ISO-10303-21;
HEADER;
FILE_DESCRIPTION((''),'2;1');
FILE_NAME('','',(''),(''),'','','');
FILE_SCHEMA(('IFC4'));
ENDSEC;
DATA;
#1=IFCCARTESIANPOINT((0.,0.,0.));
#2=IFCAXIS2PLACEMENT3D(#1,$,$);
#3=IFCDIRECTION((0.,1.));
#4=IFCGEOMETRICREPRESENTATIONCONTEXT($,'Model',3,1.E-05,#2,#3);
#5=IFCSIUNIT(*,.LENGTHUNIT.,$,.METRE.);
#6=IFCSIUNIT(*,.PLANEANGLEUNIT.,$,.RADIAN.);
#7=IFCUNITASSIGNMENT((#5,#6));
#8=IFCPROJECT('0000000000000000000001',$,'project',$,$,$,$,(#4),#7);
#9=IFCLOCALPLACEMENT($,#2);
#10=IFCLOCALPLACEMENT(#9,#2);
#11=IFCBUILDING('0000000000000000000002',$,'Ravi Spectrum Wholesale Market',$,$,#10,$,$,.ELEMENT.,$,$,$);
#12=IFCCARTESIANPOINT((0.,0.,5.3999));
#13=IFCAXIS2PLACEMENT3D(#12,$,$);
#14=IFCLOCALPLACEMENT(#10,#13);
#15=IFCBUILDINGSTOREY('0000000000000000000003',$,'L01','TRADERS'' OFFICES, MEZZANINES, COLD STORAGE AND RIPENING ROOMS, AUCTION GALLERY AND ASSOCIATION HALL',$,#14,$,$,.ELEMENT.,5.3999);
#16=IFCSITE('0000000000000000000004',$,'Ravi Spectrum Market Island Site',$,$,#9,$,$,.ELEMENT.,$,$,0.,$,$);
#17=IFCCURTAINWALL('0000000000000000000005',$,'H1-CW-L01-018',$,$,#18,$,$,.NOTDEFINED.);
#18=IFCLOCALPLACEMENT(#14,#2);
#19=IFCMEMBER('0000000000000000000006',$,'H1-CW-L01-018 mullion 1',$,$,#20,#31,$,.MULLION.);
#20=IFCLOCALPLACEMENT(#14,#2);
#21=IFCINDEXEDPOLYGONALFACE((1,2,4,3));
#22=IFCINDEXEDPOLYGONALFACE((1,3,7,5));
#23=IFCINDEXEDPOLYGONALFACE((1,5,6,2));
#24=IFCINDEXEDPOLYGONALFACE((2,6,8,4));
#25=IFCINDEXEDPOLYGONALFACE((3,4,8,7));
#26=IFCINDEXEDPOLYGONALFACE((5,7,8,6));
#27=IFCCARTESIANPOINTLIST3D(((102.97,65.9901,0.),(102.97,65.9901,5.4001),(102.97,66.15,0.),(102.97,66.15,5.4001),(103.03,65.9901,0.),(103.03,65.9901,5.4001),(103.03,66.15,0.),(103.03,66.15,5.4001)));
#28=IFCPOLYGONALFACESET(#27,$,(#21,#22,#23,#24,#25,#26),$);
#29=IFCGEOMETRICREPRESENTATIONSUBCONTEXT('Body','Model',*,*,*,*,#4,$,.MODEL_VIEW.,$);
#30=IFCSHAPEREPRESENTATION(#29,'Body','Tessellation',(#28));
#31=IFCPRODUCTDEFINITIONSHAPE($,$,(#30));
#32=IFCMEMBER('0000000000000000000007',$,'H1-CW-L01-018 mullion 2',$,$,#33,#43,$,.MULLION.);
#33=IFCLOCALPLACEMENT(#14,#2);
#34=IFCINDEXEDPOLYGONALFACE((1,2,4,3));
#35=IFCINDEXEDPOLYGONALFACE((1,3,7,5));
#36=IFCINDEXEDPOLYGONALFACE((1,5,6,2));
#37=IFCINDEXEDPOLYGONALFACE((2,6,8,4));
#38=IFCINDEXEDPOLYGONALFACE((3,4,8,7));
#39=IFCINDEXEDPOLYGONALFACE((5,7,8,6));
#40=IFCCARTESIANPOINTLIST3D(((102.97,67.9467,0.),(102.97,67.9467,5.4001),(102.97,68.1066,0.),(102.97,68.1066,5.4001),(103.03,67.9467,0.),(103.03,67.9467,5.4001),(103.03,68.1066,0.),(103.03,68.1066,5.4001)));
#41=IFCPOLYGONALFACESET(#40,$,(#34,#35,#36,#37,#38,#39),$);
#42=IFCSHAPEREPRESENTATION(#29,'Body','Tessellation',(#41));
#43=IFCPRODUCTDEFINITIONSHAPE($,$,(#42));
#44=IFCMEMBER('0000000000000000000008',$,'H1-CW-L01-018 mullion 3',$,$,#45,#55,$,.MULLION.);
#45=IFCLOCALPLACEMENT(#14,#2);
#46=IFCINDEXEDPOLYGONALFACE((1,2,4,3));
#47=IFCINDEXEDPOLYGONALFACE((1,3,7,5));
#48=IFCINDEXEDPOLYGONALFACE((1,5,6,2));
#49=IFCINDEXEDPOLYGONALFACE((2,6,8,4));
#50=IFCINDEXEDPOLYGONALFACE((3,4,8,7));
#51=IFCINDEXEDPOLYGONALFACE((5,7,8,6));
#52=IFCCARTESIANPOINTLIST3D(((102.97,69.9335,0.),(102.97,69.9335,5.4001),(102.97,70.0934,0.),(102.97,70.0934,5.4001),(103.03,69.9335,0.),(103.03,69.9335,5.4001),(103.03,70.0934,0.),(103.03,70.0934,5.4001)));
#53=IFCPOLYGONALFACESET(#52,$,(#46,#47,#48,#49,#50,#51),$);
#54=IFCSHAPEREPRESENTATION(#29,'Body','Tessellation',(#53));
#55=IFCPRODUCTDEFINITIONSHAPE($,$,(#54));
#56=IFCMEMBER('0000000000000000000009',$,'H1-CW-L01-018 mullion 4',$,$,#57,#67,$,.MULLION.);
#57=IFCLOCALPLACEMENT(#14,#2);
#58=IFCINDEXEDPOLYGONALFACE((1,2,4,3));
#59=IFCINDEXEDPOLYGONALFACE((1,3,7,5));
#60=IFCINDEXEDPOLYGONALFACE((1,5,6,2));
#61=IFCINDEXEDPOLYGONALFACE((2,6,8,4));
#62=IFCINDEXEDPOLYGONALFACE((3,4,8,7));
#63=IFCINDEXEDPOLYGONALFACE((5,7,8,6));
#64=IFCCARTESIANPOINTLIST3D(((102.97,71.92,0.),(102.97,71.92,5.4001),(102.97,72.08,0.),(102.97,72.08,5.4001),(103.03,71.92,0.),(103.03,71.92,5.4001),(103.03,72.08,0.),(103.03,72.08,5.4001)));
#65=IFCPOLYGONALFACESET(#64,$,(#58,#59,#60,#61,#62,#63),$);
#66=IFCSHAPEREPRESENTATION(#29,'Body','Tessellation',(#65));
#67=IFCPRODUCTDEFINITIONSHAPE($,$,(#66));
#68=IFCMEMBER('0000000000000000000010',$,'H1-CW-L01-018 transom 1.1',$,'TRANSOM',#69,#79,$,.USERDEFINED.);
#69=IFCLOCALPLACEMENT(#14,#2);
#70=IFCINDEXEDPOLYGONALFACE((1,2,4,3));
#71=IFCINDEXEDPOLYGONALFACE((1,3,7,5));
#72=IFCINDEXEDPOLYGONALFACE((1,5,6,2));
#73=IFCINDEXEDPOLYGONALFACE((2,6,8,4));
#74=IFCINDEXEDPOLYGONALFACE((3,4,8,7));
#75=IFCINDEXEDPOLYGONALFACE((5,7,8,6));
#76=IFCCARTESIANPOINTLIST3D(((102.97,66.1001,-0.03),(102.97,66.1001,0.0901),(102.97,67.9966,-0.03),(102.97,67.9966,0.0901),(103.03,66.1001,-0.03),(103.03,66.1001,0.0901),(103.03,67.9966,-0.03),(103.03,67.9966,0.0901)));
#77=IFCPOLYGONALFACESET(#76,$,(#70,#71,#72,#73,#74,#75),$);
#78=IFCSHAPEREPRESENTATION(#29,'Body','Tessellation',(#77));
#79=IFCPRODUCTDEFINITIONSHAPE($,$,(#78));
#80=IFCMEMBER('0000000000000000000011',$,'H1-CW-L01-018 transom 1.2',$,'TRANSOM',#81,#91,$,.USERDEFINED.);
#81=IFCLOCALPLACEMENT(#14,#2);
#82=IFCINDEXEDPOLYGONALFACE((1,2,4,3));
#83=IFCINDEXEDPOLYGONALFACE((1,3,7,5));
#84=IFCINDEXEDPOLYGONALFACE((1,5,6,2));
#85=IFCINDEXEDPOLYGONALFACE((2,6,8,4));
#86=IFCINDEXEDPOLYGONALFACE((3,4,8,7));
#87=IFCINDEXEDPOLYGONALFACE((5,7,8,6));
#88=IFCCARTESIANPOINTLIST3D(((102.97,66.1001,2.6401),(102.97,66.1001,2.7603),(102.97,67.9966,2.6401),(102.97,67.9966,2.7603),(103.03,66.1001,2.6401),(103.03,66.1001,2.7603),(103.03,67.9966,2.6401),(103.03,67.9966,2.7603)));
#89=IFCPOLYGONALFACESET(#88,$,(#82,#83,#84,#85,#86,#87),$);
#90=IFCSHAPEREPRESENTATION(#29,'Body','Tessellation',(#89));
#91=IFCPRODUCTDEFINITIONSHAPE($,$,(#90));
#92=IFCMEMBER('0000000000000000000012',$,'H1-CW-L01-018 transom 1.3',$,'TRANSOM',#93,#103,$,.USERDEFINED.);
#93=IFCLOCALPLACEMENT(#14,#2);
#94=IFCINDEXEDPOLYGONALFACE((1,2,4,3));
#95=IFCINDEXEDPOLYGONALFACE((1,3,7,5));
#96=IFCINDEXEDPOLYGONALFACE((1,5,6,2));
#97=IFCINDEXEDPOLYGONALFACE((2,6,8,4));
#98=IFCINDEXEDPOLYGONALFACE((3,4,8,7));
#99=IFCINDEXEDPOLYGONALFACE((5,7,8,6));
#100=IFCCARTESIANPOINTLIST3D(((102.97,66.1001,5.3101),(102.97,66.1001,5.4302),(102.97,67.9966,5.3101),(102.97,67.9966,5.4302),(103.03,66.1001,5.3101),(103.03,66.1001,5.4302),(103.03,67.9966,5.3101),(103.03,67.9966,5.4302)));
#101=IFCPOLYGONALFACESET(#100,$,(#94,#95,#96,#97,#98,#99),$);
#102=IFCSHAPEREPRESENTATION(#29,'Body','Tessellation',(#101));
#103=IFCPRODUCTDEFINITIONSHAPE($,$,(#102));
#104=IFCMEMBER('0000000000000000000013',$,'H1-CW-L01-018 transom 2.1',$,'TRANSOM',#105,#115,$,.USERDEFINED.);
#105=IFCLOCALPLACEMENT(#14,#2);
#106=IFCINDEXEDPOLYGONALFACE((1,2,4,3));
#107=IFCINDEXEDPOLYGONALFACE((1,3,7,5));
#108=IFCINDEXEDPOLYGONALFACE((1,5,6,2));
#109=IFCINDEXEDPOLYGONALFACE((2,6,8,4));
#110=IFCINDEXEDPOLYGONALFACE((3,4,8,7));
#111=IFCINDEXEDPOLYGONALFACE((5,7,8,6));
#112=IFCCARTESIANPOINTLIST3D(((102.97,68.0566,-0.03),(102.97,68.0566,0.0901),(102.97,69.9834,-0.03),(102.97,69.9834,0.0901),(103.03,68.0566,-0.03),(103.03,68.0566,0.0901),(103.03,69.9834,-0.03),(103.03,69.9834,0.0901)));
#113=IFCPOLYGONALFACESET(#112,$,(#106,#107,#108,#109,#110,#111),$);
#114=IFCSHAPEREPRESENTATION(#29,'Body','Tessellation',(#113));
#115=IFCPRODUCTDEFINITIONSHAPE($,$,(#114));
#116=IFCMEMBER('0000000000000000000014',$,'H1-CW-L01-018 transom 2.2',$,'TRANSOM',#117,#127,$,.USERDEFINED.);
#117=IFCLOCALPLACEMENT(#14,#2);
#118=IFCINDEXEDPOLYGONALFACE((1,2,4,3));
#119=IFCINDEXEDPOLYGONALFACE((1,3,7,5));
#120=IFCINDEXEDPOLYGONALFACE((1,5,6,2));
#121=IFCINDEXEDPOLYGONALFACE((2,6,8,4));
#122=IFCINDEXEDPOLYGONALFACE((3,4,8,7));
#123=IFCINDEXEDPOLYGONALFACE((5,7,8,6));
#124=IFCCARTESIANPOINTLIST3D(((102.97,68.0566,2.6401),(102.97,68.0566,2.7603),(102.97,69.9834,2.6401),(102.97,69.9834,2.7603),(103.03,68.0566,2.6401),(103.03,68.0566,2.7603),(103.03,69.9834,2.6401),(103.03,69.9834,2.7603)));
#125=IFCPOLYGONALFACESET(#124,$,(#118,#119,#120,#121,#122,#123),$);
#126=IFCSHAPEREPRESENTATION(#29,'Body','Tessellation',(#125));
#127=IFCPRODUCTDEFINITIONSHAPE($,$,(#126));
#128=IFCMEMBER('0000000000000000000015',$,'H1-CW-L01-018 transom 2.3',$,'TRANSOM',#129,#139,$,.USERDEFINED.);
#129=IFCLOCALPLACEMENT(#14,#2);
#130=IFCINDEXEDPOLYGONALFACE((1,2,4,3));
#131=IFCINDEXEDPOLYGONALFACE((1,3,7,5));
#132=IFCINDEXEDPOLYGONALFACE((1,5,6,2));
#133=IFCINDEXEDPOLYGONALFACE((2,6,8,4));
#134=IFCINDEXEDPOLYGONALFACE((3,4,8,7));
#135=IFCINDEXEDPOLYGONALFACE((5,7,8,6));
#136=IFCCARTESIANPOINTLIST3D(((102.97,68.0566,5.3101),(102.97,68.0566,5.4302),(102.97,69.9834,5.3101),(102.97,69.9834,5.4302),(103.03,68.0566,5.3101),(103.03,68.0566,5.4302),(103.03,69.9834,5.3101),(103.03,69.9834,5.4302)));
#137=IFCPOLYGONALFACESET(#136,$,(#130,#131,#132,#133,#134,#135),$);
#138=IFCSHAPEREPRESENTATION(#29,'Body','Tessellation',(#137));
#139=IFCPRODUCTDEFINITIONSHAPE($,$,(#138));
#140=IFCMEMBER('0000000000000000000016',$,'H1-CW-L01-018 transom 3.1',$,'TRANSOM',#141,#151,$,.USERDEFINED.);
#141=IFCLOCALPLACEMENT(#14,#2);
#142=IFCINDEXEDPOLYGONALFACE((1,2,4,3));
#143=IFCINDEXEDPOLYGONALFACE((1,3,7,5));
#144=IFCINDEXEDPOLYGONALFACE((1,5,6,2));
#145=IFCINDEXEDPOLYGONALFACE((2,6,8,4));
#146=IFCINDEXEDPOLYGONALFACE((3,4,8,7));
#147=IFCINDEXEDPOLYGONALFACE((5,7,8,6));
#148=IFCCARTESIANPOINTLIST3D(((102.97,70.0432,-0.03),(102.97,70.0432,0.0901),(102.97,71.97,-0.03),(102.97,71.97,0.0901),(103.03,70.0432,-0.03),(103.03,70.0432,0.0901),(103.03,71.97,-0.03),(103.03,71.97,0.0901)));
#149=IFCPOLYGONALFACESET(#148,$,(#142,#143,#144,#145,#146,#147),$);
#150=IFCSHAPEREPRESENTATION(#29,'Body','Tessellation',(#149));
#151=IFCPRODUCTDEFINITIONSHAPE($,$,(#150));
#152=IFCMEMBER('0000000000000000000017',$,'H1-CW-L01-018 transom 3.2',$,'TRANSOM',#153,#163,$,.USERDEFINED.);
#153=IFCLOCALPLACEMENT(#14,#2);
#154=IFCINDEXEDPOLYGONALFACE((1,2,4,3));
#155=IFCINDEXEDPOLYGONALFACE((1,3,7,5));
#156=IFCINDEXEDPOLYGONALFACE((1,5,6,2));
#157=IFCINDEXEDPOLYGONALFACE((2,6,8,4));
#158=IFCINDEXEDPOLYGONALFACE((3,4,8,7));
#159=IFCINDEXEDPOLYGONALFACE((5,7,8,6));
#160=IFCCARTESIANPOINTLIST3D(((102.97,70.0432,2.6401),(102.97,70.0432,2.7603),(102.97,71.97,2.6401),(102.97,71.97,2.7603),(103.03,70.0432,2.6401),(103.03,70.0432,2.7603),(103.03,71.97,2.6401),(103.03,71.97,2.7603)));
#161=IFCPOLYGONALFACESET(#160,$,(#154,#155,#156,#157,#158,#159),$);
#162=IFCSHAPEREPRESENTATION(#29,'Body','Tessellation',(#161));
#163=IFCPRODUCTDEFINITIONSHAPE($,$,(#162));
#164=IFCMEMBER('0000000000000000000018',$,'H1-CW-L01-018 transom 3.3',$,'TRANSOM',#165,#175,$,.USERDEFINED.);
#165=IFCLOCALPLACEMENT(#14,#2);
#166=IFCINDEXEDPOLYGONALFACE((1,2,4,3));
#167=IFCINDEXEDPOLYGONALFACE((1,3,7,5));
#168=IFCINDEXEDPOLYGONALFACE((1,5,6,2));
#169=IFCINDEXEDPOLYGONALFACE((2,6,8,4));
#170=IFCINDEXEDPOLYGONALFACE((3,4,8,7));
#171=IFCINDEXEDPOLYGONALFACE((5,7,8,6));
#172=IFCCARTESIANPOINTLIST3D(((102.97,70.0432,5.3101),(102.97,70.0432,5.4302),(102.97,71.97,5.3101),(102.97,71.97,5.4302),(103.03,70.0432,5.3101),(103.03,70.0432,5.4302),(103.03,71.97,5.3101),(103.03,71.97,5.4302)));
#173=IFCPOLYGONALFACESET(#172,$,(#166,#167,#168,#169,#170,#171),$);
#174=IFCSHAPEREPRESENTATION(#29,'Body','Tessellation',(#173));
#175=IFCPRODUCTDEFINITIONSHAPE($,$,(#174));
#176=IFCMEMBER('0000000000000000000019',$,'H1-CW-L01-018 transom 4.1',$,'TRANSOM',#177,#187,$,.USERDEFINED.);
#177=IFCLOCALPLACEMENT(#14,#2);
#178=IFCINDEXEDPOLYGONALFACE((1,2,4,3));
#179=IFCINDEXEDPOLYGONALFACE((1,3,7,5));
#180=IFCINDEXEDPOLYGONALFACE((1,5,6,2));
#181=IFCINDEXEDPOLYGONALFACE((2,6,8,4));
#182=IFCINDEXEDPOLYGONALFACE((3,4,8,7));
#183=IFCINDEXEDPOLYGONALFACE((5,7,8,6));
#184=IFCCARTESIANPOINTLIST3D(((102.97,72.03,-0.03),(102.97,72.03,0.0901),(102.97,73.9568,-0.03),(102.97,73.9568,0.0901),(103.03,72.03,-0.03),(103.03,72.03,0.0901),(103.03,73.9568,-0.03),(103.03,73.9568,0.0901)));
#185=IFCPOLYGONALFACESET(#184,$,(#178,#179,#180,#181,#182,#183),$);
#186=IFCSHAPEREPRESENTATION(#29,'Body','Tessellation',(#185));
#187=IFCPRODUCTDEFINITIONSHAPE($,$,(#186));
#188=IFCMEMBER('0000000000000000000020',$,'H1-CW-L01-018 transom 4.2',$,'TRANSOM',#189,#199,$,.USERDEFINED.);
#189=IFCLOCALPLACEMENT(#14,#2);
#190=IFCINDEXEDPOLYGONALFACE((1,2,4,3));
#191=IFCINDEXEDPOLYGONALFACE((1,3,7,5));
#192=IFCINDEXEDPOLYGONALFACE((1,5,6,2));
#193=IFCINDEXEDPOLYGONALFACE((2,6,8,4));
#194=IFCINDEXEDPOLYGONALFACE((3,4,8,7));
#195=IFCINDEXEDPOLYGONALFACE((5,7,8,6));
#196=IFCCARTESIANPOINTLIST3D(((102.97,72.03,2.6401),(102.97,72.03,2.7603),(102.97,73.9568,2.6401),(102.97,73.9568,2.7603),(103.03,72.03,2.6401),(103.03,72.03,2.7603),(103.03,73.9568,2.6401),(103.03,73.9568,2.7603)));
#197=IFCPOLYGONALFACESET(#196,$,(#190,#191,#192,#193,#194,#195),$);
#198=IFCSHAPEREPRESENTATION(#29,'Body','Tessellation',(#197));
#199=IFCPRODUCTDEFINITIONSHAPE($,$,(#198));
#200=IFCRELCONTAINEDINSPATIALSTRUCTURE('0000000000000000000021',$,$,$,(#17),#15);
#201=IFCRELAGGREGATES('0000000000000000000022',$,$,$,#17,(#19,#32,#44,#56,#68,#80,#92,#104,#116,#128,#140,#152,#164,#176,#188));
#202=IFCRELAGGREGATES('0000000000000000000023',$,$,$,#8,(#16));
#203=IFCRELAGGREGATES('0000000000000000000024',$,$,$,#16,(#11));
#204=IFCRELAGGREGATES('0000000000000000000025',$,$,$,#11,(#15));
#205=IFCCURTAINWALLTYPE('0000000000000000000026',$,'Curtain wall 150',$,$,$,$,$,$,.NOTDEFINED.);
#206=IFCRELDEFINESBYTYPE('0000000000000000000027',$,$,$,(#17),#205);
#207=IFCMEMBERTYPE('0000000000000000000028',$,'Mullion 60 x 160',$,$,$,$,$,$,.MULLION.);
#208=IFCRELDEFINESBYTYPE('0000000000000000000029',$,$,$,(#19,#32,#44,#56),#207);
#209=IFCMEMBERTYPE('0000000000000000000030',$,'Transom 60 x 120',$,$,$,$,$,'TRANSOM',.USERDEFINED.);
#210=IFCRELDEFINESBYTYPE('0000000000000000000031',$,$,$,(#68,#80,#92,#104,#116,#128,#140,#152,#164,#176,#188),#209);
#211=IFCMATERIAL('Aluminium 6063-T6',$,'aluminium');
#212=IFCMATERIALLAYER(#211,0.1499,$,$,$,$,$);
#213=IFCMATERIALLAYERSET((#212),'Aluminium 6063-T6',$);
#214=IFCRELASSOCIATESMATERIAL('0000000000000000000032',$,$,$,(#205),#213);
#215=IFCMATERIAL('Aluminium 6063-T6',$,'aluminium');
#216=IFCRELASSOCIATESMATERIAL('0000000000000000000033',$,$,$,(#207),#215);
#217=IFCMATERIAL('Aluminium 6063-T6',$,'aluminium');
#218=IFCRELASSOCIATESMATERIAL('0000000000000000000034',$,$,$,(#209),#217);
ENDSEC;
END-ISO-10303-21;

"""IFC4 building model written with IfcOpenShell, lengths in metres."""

from ifc_helpers import new_model, si_unit, direction, frame, origin, origin_2d, place, context, subcontext, project, spatial, rectangle, extrude, material, layer, layer_set, material_profile, profile_set, type_object, element, aggregate, save


model = new_model("IFC4")

# Units and contexts
model_context = context("Model", 3, precision=1e-05, world=origin(), true_north=direction((0.0, 1.0)))
body_context = subcontext(model_context, "Body", "Model", "MODEL_VIEW")
ifc_project = project(units=[si_unit("LENGTHUNIT", "METRE"), si_unit("PLANEANGLEUNIT", "RADIAN")], contexts=[model_context])

# Site, building, storey
site_placement = place(None, origin())
site = spatial("IfcSite", under=ifc_project, at=site_placement, Name="Ravi Spectrum Market Island Site", CompositionType="ELEMENT", RefElevation=0.0)
building_placement = place(site_placement, origin())
building = spatial("IfcBuilding", under=site, at=building_placement, Name="Ravi Spectrum Wholesale Market", CompositionType="ELEMENT")
storey_placement = place(building_placement, frame((0.0, 0.0, 5.3999)))
storey = spatial("IfcBuildingStorey", under=building, at=storey_placement, Name="L01", Description="TRADERS' OFFICES, MEZZANINES, COLD STORAGE AND RIPENING ROOMS, AUCTION GALLERY AND ASSOCIATION HALL", CompositionType="ELEMENT", Elevation=5.3999)

# Curtain wall, members
ifc_material_1 = material(Name="Aluminium 6063-T6", Category="aluminium")
ifc_layer_1 = layer(ifc_material_1, 0.1499)
ifc_layer_set_1 = layer_set([ifc_layer_1], Name="Aluminium 6063-T6")
curtain_wall_type = type_object("IfcCurtainWallType", Name="Curtain wall 150", PredefinedType="NOTDEFINED", material=ifc_layer_set_1)
curtain_wall_placement = place(storey_placement, origin())
curtain_wall = element("IfcCurtainWall", 1, at=curtain_wall_placement, inside=storey, type_object=curtain_wall_type, Name="H1-CW-L01-018", PredefinedType="NOTDEFINED")
ifc_material_2 = material(Name="Aluminium 6063-T6", Category="aluminium")
ifc_material_profile_1 = material_profile(ifc_material_2, rectangle(XDim=0.0601, YDim=0.1599, at=origin_2d()))
ifc_profile_set_1 = profile_set([ifc_material_profile_1], Name="Aluminium 6063-T6")
member_type_1 = type_object("IfcMemberType", Name="Mullion 60 x 160", PredefinedType="MULLION", material=ifc_profile_set_1)
member_1_placement = place(storey_placement, frame((103.0, 66.0701, 0.0), z_axis=(0.0, 0.0, 1.0), x_axis=(-1.0, 0.0, 0.0)))
member_1 = element("IfcMember", 2, at=member_1_placement, type_object=member_type_1, Name="H1-CW-L01-018 mullion 1", PredefinedType="MULLION", context=body_context, shape_type="SweptSolid", body=[
    extrude(rectangle(XDim=0.0601, YDim=0.1599, at=origin_2d()), origin(), (0.0, 0.0, 1.0), 5.4001),
])
member_2_placement = place(storey_placement, frame((103.0, 68.0266, 0.0), z_axis=(0.0, 0.0, 1.0), x_axis=(-1.0, 0.0, 0.0)))
member_2 = element("IfcMember", 3, at=member_2_placement, type_object=member_type_1, Name="H1-CW-L01-018 mullion 2", PredefinedType="MULLION", context=body_context, shape_type="SweptSolid", body=[
    extrude(rectangle(XDim=0.0601, YDim=0.1599, at=origin_2d()), origin(), (0.0, 0.0, 1.0), 5.4001),
])
member_3_placement = place(storey_placement, frame((103.0, 70.0134, 0.0), z_axis=(0.0, 0.0, 1.0), x_axis=(-1.0, 0.0, 0.0)))
member_3 = element("IfcMember", 4, at=member_3_placement, type_object=member_type_1, Name="H1-CW-L01-018 mullion 3", PredefinedType="MULLION", context=body_context, shape_type="SweptSolid", body=[
    extrude(rectangle(XDim=0.0601, YDim=0.1599, at=origin_2d()), origin(), (0.0, 0.0, 1.0), 5.4001),
])
member_4_placement = place(storey_placement, frame((103.0, 72.0, 0.0), z_axis=(0.0, 0.0, 1.0), x_axis=(-1.0, 0.0, 0.0)))
member_4 = element("IfcMember", 5, at=member_4_placement, type_object=member_type_1, Name="H1-CW-L01-018 mullion 4", PredefinedType="MULLION", context=body_context, shape_type="SweptSolid", body=[
    extrude(rectangle(XDim=0.0601, YDim=0.1599, at=origin_2d()), origin(), (0.0, 0.0, 1.0), 5.4001),
])
ifc_material_3 = material(Name="Aluminium 6063-T6", Category="aluminium")
ifc_material_profile_2 = material_profile(ifc_material_3, rectangle(XDim=0.0601, YDim=0.1201, at=origin_2d()))
ifc_profile_set_2 = profile_set([ifc_material_profile_2], Name="Aluminium 6063-T6")
member_type_2 = type_object("IfcMemberType", Name="Transom 60 x 120", ElementType="TRANSOM", PredefinedType="USERDEFINED", material=ifc_profile_set_2)
member_5_placement = place(storey_placement, frame((103.0, 66.1001, 0.03), z_axis=(0.0, 1.0, 0.0), x_axis=(-1.0, 0.0, 0.0)))
member_5 = element("IfcMember", 6, at=member_5_placement, type_object=member_type_2, Name="H1-CW-L01-018 transom 1.1", ObjectType="TRANSOM", PredefinedType="USERDEFINED", context=body_context, shape_type="SweptSolid", body=[
    extrude(rectangle(XDim=0.0601, YDim=0.1201, at=origin_2d()), origin(), (0.0, 0.0, 1.0), 1.8965),
])
member_6_placement = place(storey_placement, frame((103.0, 66.1001, 2.7002), z_axis=(0.0, 1.0, 0.0), x_axis=(-1.0, 0.0, 0.0)))
member_6 = element("IfcMember", 7, at=member_6_placement, type_object=member_type_2, Name="H1-CW-L01-018 transom 1.2", ObjectType="TRANSOM", PredefinedType="USERDEFINED", context=body_context, shape_type="SweptSolid", body=[
    extrude(rectangle(XDim=0.0601, YDim=0.1201, at=origin_2d()), origin(), (0.0, 0.0, 1.0), 1.8965),
])
member_7_placement = place(storey_placement, frame((103.0, 66.1001, 5.3701), z_axis=(0.0, 1.0, 0.0), x_axis=(-1.0, 0.0, 0.0)))
member_7 = element("IfcMember", 8, at=member_7_placement, type_object=member_type_2, Name="H1-CW-L01-018 transom 1.3", ObjectType="TRANSOM", PredefinedType="USERDEFINED", context=body_context, shape_type="SweptSolid", body=[
    extrude(rectangle(XDim=0.0601, YDim=0.1201, at=origin_2d()), origin(), (0.0, 0.0, 1.0), 1.8965),
])
member_8_placement = place(storey_placement, frame((103.0, 68.0566, 0.03), z_axis=(0.0, 1.0, 0.0), x_axis=(-1.0, 0.0, 0.0)))
member_8 = element("IfcMember", 9, at=member_8_placement, type_object=member_type_2, Name="H1-CW-L01-018 transom 2.1", ObjectType="TRANSOM", PredefinedType="USERDEFINED", context=body_context, shape_type="SweptSolid", body=[
    extrude(rectangle(XDim=0.0601, YDim=0.1201, at=origin_2d()), origin(), (0.0, 0.0, 1.0), 1.9268),
])
member_9_placement = place(storey_placement, frame((103.0, 68.0566, 2.7002), z_axis=(0.0, 1.0, 0.0), x_axis=(-1.0, 0.0, 0.0)))
member_9 = element("IfcMember", 10, at=member_9_placement, type_object=member_type_2, Name="H1-CW-L01-018 transom 2.2", ObjectType="TRANSOM", PredefinedType="USERDEFINED", context=body_context, shape_type="SweptSolid", body=[
    extrude(rectangle(XDim=0.0601, YDim=0.1201, at=origin_2d()), origin(), (0.0, 0.0, 1.0), 1.9268),
])
member_10_placement = place(storey_placement, frame((103.0, 68.0566, 5.3701), z_axis=(0.0, 1.0, 0.0), x_axis=(-1.0, 0.0, 0.0)))
member_10 = element("IfcMember", 11, at=member_10_placement, type_object=member_type_2, Name="H1-CW-L01-018 transom 2.3", ObjectType="TRANSOM", PredefinedType="USERDEFINED", context=body_context, shape_type="SweptSolid", body=[
    extrude(rectangle(XDim=0.0601, YDim=0.1201, at=origin_2d()), origin(), (0.0, 0.0, 1.0), 1.9268),
])
member_11_placement = place(storey_placement, frame((103.0, 70.0432, 0.03), z_axis=(0.0, 1.0, 0.0), x_axis=(-1.0, 0.0, 0.0)))
member_11 = element("IfcMember", 12, at=member_11_placement, type_object=member_type_2, Name="H1-CW-L01-018 transom 3.1", ObjectType="TRANSOM", PredefinedType="USERDEFINED", context=body_context, shape_type="SweptSolid", body=[
    extrude(rectangle(XDim=0.0601, YDim=0.1201, at=origin_2d()), origin(), (0.0, 0.0, 1.0), 1.9268),
])
member_12_placement = place(storey_placement, frame((103.0, 70.0432, 2.7002), z_axis=(0.0, 1.0, 0.0), x_axis=(-1.0, 0.0, 0.0)))
member_12 = element("IfcMember", 13, at=member_12_placement, type_object=member_type_2, Name="H1-CW-L01-018 transom 3.2", ObjectType="TRANSOM", PredefinedType="USERDEFINED", context=body_context, shape_type="SweptSolid", body=[
    extrude(rectangle(XDim=0.0601, YDim=0.1201, at=origin_2d()), origin(), (0.0, 0.0, 1.0), 1.9268),
])
member_13_placement = place(storey_placement, frame((103.0, 70.0432, 5.3701), z_axis=(0.0, 1.0, 0.0), x_axis=(-1.0, 0.0, 0.0)))
member_13 = element("IfcMember", 14, at=member_13_placement, type_object=member_type_2, Name="H1-CW-L01-018 transom 3.3", ObjectType="TRANSOM", PredefinedType="USERDEFINED", context=body_context, shape_type="SweptSolid", body=[
    extrude(rectangle(XDim=0.0601, YDim=0.1201, at=origin_2d()), origin(), (0.0, 0.0, 1.0), 1.9268),
])
member_14_placement = place(storey_placement, frame((103.0, 72.03, 0.03), z_axis=(0.0, 1.0, 0.0), x_axis=(-1.0, 0.0, 0.0)))
member_14 = element("IfcMember", 15, at=member_14_placement, type_object=member_type_2, Name="H1-CW-L01-018 transom 4.1", ObjectType="TRANSOM", PredefinedType="USERDEFINED", context=body_context, shape_type="SweptSolid", body=[
    extrude(rectangle(XDim=0.0601, YDim=0.1201, at=origin_2d()), origin(), (0.0, 0.0, 1.0), 1.9268),
])
member_15_placement = place(storey_placement, frame((103.0, 72.03, 2.7002), z_axis=(0.0, 1.0, 0.0), x_axis=(-1.0, 0.0, 0.0)))
member_15 = element("IfcMember", 16, at=member_15_placement, type_object=member_type_2, Name="H1-CW-L01-018 transom 4.2", ObjectType="TRANSOM", PredefinedType="USERDEFINED", context=body_context, shape_type="SweptSolid", body=[
    extrude(rectangle(XDim=0.0601, YDim=0.1201, at=origin_2d()), origin(), (0.0, 0.0, 1.0), 1.9268),
])
aggregate(curtain_wall, [member_1, member_2, member_3, member_4, member_5, member_6, member_7, member_8, member_9, member_10, member_11, member_12, member_13, member_14, member_15])

save(model, "model.ifc")
